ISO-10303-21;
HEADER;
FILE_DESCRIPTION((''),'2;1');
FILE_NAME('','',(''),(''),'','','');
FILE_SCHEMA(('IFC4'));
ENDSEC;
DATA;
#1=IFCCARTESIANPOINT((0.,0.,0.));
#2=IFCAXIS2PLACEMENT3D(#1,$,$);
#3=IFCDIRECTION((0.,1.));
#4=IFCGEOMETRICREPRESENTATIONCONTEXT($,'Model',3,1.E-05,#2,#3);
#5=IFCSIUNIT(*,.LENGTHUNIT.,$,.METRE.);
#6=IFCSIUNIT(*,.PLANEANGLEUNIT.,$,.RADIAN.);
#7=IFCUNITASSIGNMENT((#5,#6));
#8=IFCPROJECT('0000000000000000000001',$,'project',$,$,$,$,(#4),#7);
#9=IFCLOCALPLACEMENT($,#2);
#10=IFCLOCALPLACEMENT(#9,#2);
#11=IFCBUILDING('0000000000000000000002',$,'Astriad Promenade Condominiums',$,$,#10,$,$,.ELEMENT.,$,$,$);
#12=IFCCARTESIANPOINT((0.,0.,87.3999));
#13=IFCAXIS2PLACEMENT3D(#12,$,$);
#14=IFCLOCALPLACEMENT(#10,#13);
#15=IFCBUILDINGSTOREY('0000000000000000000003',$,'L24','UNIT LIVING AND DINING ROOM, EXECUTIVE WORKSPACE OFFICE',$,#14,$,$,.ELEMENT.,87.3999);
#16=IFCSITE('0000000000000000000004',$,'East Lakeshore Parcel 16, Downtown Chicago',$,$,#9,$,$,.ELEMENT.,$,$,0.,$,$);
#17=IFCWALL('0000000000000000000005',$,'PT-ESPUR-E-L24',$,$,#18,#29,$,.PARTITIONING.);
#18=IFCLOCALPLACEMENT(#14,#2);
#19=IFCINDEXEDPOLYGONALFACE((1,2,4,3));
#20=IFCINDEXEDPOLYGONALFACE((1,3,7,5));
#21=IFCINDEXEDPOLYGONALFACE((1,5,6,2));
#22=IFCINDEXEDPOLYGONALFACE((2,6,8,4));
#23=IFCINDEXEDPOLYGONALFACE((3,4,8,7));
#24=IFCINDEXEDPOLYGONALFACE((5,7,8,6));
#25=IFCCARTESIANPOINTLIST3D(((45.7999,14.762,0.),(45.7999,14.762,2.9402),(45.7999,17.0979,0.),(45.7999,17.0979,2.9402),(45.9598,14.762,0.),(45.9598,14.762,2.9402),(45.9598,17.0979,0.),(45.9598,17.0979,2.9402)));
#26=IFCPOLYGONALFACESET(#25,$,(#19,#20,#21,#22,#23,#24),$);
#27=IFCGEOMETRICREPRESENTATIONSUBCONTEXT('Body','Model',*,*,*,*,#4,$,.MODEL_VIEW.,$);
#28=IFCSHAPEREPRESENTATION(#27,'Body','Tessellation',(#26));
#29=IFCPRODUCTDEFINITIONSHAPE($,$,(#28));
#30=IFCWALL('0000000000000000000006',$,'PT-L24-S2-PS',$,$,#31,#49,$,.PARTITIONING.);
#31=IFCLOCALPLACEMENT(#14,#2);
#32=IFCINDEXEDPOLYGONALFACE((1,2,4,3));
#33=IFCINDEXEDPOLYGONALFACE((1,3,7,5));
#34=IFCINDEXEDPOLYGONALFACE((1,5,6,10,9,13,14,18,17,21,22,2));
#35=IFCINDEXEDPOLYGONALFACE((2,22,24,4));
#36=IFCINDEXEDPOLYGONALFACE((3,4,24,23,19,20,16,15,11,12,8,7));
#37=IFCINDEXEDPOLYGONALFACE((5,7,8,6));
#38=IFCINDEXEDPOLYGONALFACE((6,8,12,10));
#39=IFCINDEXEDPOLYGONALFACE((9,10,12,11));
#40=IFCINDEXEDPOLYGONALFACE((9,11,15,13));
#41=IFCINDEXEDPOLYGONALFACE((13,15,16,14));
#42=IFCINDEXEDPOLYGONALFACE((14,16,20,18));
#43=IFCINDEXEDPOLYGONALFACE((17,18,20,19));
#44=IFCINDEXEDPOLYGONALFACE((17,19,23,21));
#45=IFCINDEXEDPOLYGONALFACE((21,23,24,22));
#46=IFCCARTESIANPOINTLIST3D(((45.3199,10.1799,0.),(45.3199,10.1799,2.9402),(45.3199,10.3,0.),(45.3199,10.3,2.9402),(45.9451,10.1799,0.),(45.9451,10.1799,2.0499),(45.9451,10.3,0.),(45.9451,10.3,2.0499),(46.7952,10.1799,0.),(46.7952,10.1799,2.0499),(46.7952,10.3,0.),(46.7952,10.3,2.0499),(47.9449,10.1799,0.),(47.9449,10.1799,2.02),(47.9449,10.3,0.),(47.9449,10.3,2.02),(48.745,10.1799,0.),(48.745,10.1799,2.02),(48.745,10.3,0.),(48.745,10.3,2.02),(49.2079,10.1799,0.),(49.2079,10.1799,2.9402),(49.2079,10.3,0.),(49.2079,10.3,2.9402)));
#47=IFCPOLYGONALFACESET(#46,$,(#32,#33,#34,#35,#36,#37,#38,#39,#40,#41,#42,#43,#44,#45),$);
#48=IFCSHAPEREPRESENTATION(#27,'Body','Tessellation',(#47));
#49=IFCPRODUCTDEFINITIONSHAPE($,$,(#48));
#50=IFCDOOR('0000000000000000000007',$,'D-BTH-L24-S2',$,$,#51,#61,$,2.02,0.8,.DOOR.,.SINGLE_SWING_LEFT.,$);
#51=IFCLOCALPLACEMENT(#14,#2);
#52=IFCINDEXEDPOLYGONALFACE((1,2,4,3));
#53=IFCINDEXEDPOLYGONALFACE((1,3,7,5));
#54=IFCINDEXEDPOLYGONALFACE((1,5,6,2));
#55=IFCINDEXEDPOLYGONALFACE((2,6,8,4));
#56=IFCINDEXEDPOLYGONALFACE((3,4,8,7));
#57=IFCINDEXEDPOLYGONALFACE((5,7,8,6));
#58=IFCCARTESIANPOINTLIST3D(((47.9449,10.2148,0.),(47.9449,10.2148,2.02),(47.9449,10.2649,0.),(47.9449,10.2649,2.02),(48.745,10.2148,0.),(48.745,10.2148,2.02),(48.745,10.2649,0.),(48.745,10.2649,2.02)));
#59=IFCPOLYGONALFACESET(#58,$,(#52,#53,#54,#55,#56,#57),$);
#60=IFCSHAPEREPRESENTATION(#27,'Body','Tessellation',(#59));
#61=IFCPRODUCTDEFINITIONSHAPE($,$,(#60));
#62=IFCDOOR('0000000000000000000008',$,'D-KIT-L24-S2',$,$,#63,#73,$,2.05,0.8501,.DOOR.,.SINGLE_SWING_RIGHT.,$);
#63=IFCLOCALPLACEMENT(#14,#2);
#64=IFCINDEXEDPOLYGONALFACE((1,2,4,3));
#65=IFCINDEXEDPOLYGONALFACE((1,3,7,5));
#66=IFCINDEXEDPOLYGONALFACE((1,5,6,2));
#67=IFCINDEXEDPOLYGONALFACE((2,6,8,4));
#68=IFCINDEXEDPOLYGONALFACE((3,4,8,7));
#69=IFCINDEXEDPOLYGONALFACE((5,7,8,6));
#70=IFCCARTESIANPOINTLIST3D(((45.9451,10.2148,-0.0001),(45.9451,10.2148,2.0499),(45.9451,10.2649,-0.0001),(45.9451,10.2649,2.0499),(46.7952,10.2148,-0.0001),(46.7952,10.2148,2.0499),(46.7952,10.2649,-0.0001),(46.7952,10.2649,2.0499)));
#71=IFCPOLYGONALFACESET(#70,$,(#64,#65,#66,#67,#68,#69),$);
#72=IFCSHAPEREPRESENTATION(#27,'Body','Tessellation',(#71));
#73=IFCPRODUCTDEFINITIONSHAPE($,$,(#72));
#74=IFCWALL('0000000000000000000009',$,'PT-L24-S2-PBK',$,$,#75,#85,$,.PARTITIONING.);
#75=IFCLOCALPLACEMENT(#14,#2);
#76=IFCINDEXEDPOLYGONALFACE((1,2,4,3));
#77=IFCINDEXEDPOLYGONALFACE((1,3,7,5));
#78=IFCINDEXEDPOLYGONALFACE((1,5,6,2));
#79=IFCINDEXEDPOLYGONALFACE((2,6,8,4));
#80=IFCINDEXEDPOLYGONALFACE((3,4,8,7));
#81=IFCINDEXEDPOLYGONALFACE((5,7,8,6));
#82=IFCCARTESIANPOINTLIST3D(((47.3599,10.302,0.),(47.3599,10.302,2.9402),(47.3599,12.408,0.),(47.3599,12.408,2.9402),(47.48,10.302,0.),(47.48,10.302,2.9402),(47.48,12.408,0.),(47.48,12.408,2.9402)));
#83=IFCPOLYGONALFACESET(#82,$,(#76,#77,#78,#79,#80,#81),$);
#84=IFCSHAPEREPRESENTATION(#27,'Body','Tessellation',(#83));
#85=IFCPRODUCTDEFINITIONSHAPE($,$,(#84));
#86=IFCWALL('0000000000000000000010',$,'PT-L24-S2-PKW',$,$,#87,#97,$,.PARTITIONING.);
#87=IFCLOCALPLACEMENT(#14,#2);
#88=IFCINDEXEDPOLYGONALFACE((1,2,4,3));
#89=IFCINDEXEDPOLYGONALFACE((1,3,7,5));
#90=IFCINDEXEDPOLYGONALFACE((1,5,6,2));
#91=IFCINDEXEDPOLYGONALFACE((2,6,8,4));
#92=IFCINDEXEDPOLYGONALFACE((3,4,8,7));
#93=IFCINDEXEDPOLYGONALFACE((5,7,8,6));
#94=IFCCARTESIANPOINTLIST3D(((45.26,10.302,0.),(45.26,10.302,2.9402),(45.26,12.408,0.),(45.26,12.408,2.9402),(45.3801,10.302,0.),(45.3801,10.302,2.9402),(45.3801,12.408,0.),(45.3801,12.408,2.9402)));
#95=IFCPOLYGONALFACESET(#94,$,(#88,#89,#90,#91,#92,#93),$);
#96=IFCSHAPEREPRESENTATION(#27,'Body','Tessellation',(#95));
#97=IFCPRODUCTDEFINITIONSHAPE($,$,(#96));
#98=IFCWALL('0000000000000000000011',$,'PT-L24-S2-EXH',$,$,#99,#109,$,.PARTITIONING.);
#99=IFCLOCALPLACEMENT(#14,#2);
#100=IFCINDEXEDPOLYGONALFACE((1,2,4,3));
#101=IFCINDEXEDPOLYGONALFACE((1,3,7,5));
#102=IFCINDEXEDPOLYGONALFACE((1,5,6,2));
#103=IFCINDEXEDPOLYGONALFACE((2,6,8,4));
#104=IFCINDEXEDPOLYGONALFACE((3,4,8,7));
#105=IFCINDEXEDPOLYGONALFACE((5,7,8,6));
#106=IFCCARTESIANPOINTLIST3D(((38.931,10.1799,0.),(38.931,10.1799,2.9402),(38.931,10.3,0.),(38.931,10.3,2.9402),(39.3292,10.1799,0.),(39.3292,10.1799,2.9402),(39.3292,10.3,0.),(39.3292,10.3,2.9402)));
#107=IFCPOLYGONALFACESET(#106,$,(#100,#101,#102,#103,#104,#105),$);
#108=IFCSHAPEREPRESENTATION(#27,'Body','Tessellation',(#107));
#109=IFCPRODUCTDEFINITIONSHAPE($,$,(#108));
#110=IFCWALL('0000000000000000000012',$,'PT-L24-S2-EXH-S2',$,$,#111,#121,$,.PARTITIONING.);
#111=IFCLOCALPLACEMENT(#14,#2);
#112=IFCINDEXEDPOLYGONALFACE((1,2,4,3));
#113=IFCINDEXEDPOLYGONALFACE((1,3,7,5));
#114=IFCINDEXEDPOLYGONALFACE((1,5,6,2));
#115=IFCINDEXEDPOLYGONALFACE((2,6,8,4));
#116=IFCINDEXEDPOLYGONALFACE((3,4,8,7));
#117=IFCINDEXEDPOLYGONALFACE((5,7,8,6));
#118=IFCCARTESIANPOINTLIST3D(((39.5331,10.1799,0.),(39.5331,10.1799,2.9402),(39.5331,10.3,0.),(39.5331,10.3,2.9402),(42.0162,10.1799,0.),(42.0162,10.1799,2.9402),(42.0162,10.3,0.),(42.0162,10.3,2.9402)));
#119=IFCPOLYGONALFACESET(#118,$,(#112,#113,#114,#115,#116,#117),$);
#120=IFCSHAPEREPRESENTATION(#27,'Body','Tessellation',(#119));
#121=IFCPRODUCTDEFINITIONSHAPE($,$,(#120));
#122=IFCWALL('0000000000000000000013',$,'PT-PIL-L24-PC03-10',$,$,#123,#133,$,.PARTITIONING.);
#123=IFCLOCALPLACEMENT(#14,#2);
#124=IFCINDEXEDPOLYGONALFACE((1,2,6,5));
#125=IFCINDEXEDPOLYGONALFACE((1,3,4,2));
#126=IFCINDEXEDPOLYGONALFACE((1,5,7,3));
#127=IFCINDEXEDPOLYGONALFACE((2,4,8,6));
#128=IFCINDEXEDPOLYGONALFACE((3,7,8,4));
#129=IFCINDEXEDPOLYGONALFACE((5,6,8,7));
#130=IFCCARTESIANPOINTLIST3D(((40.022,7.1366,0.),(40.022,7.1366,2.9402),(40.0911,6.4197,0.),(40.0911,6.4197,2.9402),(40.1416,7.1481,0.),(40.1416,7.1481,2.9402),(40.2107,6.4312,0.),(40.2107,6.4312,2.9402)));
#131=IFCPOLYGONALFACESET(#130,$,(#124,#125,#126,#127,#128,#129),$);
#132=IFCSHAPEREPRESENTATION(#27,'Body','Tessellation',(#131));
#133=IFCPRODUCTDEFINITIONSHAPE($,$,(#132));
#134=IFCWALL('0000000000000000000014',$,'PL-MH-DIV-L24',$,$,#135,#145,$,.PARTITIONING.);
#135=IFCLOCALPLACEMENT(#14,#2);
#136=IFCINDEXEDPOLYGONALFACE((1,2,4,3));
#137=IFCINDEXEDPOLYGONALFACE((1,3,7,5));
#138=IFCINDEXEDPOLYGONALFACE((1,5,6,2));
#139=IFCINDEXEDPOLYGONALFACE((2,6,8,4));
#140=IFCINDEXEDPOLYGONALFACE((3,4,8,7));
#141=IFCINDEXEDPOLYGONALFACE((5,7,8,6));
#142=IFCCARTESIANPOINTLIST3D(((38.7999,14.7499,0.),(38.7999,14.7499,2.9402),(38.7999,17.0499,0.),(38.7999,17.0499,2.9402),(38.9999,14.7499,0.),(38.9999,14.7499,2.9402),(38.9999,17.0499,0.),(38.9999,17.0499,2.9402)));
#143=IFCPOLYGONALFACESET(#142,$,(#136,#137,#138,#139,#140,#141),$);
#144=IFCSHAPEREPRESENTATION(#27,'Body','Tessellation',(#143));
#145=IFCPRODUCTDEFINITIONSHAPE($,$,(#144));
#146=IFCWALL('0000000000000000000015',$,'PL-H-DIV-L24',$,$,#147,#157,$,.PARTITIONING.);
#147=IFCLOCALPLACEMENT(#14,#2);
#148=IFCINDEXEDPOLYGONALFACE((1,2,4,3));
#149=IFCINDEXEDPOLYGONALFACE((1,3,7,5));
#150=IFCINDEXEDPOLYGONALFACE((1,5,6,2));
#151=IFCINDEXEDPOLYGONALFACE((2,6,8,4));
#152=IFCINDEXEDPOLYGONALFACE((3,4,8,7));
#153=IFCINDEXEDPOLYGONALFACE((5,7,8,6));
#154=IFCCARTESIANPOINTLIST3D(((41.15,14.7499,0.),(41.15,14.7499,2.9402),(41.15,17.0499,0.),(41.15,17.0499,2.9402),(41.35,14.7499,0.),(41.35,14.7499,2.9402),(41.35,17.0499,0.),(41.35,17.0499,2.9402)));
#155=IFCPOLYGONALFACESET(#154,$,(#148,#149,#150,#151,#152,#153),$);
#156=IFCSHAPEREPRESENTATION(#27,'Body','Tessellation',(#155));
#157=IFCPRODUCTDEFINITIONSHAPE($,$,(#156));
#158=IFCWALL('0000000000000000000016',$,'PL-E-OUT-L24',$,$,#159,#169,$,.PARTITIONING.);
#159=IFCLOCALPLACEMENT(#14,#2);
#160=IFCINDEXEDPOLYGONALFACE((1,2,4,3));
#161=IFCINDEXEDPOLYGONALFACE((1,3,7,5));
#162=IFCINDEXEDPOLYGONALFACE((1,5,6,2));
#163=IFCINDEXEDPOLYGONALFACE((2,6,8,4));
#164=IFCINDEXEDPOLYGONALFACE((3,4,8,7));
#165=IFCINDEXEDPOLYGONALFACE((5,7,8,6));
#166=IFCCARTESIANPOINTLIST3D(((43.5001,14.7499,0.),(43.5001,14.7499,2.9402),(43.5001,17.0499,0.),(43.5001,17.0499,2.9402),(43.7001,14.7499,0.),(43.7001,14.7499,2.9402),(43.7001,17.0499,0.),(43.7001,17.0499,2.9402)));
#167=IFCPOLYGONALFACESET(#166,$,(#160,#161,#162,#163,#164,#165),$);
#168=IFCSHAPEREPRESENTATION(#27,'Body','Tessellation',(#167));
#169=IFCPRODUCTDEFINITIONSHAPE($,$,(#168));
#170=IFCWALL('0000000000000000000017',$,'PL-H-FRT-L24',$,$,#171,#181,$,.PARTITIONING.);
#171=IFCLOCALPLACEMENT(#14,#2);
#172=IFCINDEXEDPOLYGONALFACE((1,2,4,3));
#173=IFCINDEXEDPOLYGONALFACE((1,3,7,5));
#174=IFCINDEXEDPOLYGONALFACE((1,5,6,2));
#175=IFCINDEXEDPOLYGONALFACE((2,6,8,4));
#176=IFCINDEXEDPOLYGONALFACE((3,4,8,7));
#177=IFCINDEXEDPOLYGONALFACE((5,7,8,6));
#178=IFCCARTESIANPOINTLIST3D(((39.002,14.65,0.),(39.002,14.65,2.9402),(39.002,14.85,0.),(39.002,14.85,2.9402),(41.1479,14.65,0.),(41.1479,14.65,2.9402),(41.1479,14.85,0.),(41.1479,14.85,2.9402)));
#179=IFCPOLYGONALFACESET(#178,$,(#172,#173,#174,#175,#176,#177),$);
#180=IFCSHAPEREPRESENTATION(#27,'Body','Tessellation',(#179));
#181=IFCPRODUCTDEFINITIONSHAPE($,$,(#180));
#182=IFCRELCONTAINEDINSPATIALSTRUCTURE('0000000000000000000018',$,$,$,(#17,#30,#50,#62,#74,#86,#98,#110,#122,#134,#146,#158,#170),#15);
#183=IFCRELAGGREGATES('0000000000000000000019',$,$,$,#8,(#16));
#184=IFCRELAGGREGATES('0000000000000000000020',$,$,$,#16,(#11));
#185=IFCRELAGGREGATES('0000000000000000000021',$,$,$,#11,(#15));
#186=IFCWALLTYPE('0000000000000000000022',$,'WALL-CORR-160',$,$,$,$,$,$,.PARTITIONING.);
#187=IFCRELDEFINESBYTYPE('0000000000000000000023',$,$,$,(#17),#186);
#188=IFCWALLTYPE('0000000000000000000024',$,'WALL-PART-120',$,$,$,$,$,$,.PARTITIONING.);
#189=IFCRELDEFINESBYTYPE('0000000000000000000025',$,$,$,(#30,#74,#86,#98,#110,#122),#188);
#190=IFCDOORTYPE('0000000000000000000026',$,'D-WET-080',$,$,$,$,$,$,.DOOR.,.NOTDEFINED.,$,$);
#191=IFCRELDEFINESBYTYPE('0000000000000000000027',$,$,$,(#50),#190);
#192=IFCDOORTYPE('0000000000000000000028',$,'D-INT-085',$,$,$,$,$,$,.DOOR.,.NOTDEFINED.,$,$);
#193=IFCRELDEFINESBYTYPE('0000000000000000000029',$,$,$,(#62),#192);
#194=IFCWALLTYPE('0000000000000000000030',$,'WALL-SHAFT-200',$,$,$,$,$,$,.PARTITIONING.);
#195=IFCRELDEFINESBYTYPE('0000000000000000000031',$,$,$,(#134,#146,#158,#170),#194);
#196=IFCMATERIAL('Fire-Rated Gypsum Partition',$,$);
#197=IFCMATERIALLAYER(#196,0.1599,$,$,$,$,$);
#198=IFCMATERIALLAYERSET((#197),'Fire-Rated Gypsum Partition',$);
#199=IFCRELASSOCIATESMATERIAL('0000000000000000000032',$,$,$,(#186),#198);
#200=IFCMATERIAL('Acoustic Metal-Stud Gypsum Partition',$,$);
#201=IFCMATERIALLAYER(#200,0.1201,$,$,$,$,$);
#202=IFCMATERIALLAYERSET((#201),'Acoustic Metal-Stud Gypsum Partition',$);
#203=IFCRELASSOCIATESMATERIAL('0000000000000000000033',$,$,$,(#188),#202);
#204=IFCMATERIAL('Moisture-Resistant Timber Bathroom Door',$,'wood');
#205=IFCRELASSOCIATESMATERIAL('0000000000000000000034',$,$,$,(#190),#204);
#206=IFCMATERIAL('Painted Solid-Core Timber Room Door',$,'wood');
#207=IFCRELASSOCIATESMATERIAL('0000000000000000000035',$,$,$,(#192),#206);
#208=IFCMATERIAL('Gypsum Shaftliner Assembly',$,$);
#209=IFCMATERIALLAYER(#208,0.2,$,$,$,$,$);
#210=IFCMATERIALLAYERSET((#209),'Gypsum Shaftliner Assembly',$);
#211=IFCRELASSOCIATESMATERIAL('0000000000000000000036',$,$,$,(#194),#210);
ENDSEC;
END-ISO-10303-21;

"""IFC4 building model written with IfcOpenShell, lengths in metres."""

from ifc_helpers import new_model, si_unit, direction, frame, frame_2d, origin, place, context, subcontext, project, spatial, rectangle, extrude, source, transform, mapped, material, layer, layer_set, type_object, type_shapes, element, fill, save


model = new_model("IFC4")

# Units and contexts
model_context = context("Model", 3, precision=1e-05, world=origin(), true_north=direction((0.0, 1.0)))
body_context = subcontext(model_context, "Body", "Model", "MODEL_VIEW")
ifc_project = project(units=[si_unit("LENGTHUNIT", "METRE"), si_unit("PLANEANGLEUNIT", "RADIAN")], contexts=[model_context])

# Site, building, storey
site_placement = place(None, origin())
site = spatial("IfcSite", under=ifc_project, at=site_placement, Name="East Lakeshore Parcel 16, Downtown Chicago", CompositionType="ELEMENT", RefElevation=0.0)
building_placement = place(site_placement, origin())
building = spatial("IfcBuilding", under=site, at=building_placement, Name="Astriad Promenade Condominiums", CompositionType="ELEMENT")
storey_placement = place(building_placement, frame((0.0, 0.0, 87.3999)))
storey = spatial("IfcBuildingStorey", under=building, at=storey_placement, Name="L24", Description="UNIT LIVING AND DINING ROOM, EXECUTIVE WORKSPACE OFFICE", CompositionType="ELEMENT", Elevation=87.3999)

# Shared definitions
ifc_material_1 = material(Name="Fire-Rated Gypsum Partition")
ifc_layer_1 = layer(ifc_material_1, 0.1599)
ifc_layer_set_1 = layer_set([ifc_layer_1], Name="Fire-Rated Gypsum Partition")
wall_type_1 = type_object("IfcWallType", Name="WALL-CORR-160", PredefinedType="PARTITIONING", material=ifc_layer_set_1)

# Wall
wall_1_placement = place(storey_placement, frame((45.8799, 14.762, 0.0), z_axis=(0.0, 0.0, 1.0), x_axis=(0.0, 1.0, 0.0)))
element("IfcWall", 1, at=wall_1_placement, inside=storey, type_object=wall_type_1, Name="PT-ESPUR-E-L24", PredefinedType="PARTITIONING", context=body_context, shape_type="SweptSolid", body=[
    extrude(rectangle(XDim=2.3359, YDim=0.1599, at=frame_2d((1.168, 0.0))), origin(), (0.0, 0.0, 1.0), 2.9402),
])

# Wall, openings, doors
ifc_material_2 = material(Name="Acoustic Metal-Stud Gypsum Partition")
ifc_layer_2 = layer(ifc_material_2, 0.1201)
ifc_layer_set_2 = layer_set([ifc_layer_2], Name="Acoustic Metal-Stud Gypsum Partition")
wall_type_2 = type_object("IfcWallType", Name="WALL-PART-120", PredefinedType="PARTITIONING", material=ifc_layer_set_2)
wall_2_placement = place(storey_placement, frame((45.3201, 10.24, 0.0), z_axis=(0.0, 0.0, 1.0), x_axis=(1.0, 0.0, 0.0)))
wall_2 = element("IfcWall", 2, at=wall_2_placement, inside=storey, type_object=wall_type_2, Name="PT-L24-S2-PS", PredefinedType="PARTITIONING", context=body_context, shape_type="SweptSolid", body=[
    extrude(rectangle(XDim=3.8879, YDim=0.1201, at=frame_2d((1.9438, 0.0))), origin(), (0.0, 0.0, 1.0), 2.9402),
])
opening_1_placement = place(wall_2_placement, frame((0.625, 0.0, 0.0)))
opening_1 = element("IfcOpeningElement", 3, at=opening_1_placement, cuts=wall_2, PredefinedType="OPENING", context=body_context, shape_type="SweptSolid", body=[
    extrude(rectangle(XDim=0.8501, YDim=2.05, at=frame_2d((0.425, 1.0249))), frame((0.0, 0.0701, 0.0), z_axis=(0.0, -1.0, 0.0), x_axis=(1.0, 0.0, 0.0)), (0.0, 0.0, 1.0), 0.1401),
])
opening_2_placement = place(wall_2_placement, frame((2.625, 0.0, 0.0)))
opening_2 = element("IfcOpeningElement", 4, at=opening_2_placement, cuts=wall_2, PredefinedType="OPENING", context=body_context, shape_type="SweptSolid", body=[
    extrude(rectangle(XDim=0.8, YDim=2.02, at=frame_2d((0.3999, 1.01))), frame((0.0, 0.0701, 0.0), z_axis=(0.0, -1.0, 0.0), x_axis=(1.0, 0.0, 0.0)), (0.0, 0.0, 1.0), 0.1401),
])
ifc_material_3 = material(Name="Moisture-Resistant Timber Bathroom Door", Category="wood")
door_type_1 = type_object("IfcDoorType", Name="D-WET-080", OperationType="NOTDEFINED", PredefinedType="DOOR", material=ifc_material_3)
shared_shape_1 = source(origin(), body_context, "Body", "SweptSolid", [
    extrude(rectangle(XDim=0.8, YDim=2.02, at=frame_2d((0.3999, 1.01))), frame((0.0, 0.0249, 0.0), z_axis=(0.0, -1.0, 0.0), x_axis=(1.0, 0.0, 0.0)), (0.0, 0.0, 1.0), 0.05),
])
type_shapes(door_type_1, [shared_shape_1])
door_1_placement = place(opening_2_placement, origin())
door_1 = element("IfcDoor", 5, at=door_1_placement, inside=storey, type_object=door_type_1, Name="D-BTH-L24-S2", OperationType="SINGLE_SWING_LEFT", OverallHeight=2.02, OverallWidth=0.8, PredefinedType="DOOR", context=body_context, shape_type="MappedRepresentation", body=[
    mapped(shared_shape_1, transform((0.0, 0.0, 0.0), scale=1.0)),
])
fill(opening_2, door_1)
ifc_material_4 = material(Name="Painted Solid-Core Timber Room Door", Category="wood")
door_type_2 = type_object("IfcDoorType", Name="D-INT-085", OperationType="NOTDEFINED", PredefinedType="DOOR", material=ifc_material_4)
shared_shape_2 = source(origin(), body_context, "Body", "SweptSolid", [
    extrude(rectangle(XDim=0.8501, YDim=2.05, at=frame_2d((0.425, 1.0249))), frame((0.0, 0.0249, 0.0), z_axis=(0.0, -1.0, 0.0), x_axis=(1.0, 0.0, 0.0)), (0.0, 0.0, 1.0), 0.05),
])
type_shapes(door_type_2, [shared_shape_2])
door_2_placement = place(opening_1_placement, origin())
door_2 = element("IfcDoor", 6, at=door_2_placement, inside=storey, type_object=door_type_2, Name="D-KIT-L24-S2", OperationType="SINGLE_SWING_RIGHT", OverallHeight=2.05, OverallWidth=0.8501, PredefinedType="DOOR", context=body_context, shape_type="MappedRepresentation", body=[
    mapped(shared_shape_2, transform((0.0, 0.0, 0.0), scale=1.0)),
])
fill(opening_1, door_2)

# Walls
for number, where, z_axis, x_axis, name in (
    (7, (47.4199, 10.302, 0.0), (0.0, 0.0, 1.0), (0.0, 1.0, 0.0), "PT-L24-S2-PBK"),
    (8, (45.3201, 10.302, 0.0), (0.0, 0.0, 1.0), (0.0, 1.0, 0.0), "PT-L24-S2-PKW"),
):
    element("IfcWall", number, at=place(storey_placement, frame(where, z_axis=z_axis, x_axis=x_axis)), inside=storey, type_object=wall_type_2, Name=name, PredefinedType="PARTITIONING", context=body_context, shape_type="SweptSolid", body=[
        extrude(rectangle(XDim=2.106, YDim=0.1201, at=frame_2d((1.053, 0.0))), origin(), (0.0, 0.0, 1.0), 2.9402),
    ])
wall_3_placement = place(storey_placement, frame((38.9309, 10.24, 0.0), z_axis=(0.0, 0.0, 1.0), x_axis=(1.0, 0.0, 0.0)))
element("IfcWall", 9, at=wall_3_placement, inside=storey, type_object=wall_type_2, Name="PT-L24-S2-EXH", PredefinedType="PARTITIONING", context=body_context, shape_type="SweptSolid", body=[
    extrude(rectangle(XDim=0.3982, YDim=0.1201, at=frame_2d((0.1992, 0.0))), origin(), (0.0, 0.0, 1.0), 2.9402),
])
wall_4_placement = place(storey_placement, frame((39.533, 10.24, 0.0), z_axis=(0.0, 0.0, 1.0), x_axis=(1.0, 0.0, 0.0)))
element("IfcWall", 10, at=wall_4_placement, inside=storey, type_object=wall_type_2, Name="PT-L24-S2-EXH-S2", PredefinedType="PARTITIONING", context=body_context, shape_type="SweptSolid", body=[
    extrude(rectangle(XDim=2.4832, YDim=0.1201, at=frame_2d((1.2417, 0.0))), origin(), (0.0, 0.0, 1.0), 2.9402),
])
wall_5_placement = place(storey_placement, frame((40.0818, 7.1423, 0.0), z_axis=(0.0, 0.0, 1.0), x_axis=(0.095945, -0.995387, 0.0)))
element("IfcWall", 11, at=wall_5_placement, inside=storey, type_object=wall_type_2, Name="PT-PIL-L24-PC03-10", PredefinedType="PARTITIONING", context=body_context, shape_type="SweptSolid", body=[
    extrude(rectangle(XDim=0.7202, YDim=0.1201, at=frame_2d((0.3601, 0.0))), origin(), (0.0, 0.0, 1.0), 2.9402),
])
ifc_material_5 = material(Name="Gypsum Shaftliner Assembly")
ifc_layer_3 = layer(ifc_material_5, 0.2)
ifc_layer_set_3 = layer_set([ifc_layer_3], Name="Gypsum Shaftliner Assembly")
wall_type_3 = type_object("IfcWallType", Name="WALL-SHAFT-200", PredefinedType="PARTITIONING", material=ifc_layer_set_3)
for number, where, z_axis, x_axis, name in (
    (12, (38.8999, 14.75, 0.0), (0.0, 0.0, 1.0), (0.0, 1.0, 0.0), "PL-MH-DIV-L24"),
    (13, (41.25, 14.75, 0.0), (0.0, 0.0, 1.0), (0.0, 1.0, 0.0), "PL-H-DIV-L24"),
    (14, (43.6001, 14.75, 0.0), (0.0, 0.0, 1.0), (0.0, 1.0, 0.0), "PL-E-OUT-L24"),
):
    element("IfcWall", number, at=place(storey_placement, frame(where, z_axis=z_axis, x_axis=x_axis)), inside=storey, type_object=wall_type_3, Name=name, PredefinedType="PARTITIONING", context=body_context, shape_type="SweptSolid", body=[
        extrude(rectangle(XDim=2.3, YDim=0.2, at=frame_2d((1.1499, 0.0))), origin(), (0.0, 0.0, 1.0), 2.9402),
    ])
for number, where, z_axis, x_axis, name in (
    (15, (39.002, 14.75, 0.0), (0.0, 0.0, 1.0), (1.0, 0.0, 0.0), "PL-H-FRT-L24"),
):
    element("IfcWall", number, at=place(storey_placement, frame(where, z_axis=z_axis, x_axis=x_axis)), inside=storey, type_object=wall_type_3, Name=name, PredefinedType="PARTITIONING", context=body_context, shape_type="SweptSolid", body=[
        extrude(rectangle(XDim=2.146, YDim=0.2, at=frame_2d((1.073, 0.0))), origin(), (0.0, 0.0, 1.0), 2.9402),
    ])

save(model, "model.ifc")
